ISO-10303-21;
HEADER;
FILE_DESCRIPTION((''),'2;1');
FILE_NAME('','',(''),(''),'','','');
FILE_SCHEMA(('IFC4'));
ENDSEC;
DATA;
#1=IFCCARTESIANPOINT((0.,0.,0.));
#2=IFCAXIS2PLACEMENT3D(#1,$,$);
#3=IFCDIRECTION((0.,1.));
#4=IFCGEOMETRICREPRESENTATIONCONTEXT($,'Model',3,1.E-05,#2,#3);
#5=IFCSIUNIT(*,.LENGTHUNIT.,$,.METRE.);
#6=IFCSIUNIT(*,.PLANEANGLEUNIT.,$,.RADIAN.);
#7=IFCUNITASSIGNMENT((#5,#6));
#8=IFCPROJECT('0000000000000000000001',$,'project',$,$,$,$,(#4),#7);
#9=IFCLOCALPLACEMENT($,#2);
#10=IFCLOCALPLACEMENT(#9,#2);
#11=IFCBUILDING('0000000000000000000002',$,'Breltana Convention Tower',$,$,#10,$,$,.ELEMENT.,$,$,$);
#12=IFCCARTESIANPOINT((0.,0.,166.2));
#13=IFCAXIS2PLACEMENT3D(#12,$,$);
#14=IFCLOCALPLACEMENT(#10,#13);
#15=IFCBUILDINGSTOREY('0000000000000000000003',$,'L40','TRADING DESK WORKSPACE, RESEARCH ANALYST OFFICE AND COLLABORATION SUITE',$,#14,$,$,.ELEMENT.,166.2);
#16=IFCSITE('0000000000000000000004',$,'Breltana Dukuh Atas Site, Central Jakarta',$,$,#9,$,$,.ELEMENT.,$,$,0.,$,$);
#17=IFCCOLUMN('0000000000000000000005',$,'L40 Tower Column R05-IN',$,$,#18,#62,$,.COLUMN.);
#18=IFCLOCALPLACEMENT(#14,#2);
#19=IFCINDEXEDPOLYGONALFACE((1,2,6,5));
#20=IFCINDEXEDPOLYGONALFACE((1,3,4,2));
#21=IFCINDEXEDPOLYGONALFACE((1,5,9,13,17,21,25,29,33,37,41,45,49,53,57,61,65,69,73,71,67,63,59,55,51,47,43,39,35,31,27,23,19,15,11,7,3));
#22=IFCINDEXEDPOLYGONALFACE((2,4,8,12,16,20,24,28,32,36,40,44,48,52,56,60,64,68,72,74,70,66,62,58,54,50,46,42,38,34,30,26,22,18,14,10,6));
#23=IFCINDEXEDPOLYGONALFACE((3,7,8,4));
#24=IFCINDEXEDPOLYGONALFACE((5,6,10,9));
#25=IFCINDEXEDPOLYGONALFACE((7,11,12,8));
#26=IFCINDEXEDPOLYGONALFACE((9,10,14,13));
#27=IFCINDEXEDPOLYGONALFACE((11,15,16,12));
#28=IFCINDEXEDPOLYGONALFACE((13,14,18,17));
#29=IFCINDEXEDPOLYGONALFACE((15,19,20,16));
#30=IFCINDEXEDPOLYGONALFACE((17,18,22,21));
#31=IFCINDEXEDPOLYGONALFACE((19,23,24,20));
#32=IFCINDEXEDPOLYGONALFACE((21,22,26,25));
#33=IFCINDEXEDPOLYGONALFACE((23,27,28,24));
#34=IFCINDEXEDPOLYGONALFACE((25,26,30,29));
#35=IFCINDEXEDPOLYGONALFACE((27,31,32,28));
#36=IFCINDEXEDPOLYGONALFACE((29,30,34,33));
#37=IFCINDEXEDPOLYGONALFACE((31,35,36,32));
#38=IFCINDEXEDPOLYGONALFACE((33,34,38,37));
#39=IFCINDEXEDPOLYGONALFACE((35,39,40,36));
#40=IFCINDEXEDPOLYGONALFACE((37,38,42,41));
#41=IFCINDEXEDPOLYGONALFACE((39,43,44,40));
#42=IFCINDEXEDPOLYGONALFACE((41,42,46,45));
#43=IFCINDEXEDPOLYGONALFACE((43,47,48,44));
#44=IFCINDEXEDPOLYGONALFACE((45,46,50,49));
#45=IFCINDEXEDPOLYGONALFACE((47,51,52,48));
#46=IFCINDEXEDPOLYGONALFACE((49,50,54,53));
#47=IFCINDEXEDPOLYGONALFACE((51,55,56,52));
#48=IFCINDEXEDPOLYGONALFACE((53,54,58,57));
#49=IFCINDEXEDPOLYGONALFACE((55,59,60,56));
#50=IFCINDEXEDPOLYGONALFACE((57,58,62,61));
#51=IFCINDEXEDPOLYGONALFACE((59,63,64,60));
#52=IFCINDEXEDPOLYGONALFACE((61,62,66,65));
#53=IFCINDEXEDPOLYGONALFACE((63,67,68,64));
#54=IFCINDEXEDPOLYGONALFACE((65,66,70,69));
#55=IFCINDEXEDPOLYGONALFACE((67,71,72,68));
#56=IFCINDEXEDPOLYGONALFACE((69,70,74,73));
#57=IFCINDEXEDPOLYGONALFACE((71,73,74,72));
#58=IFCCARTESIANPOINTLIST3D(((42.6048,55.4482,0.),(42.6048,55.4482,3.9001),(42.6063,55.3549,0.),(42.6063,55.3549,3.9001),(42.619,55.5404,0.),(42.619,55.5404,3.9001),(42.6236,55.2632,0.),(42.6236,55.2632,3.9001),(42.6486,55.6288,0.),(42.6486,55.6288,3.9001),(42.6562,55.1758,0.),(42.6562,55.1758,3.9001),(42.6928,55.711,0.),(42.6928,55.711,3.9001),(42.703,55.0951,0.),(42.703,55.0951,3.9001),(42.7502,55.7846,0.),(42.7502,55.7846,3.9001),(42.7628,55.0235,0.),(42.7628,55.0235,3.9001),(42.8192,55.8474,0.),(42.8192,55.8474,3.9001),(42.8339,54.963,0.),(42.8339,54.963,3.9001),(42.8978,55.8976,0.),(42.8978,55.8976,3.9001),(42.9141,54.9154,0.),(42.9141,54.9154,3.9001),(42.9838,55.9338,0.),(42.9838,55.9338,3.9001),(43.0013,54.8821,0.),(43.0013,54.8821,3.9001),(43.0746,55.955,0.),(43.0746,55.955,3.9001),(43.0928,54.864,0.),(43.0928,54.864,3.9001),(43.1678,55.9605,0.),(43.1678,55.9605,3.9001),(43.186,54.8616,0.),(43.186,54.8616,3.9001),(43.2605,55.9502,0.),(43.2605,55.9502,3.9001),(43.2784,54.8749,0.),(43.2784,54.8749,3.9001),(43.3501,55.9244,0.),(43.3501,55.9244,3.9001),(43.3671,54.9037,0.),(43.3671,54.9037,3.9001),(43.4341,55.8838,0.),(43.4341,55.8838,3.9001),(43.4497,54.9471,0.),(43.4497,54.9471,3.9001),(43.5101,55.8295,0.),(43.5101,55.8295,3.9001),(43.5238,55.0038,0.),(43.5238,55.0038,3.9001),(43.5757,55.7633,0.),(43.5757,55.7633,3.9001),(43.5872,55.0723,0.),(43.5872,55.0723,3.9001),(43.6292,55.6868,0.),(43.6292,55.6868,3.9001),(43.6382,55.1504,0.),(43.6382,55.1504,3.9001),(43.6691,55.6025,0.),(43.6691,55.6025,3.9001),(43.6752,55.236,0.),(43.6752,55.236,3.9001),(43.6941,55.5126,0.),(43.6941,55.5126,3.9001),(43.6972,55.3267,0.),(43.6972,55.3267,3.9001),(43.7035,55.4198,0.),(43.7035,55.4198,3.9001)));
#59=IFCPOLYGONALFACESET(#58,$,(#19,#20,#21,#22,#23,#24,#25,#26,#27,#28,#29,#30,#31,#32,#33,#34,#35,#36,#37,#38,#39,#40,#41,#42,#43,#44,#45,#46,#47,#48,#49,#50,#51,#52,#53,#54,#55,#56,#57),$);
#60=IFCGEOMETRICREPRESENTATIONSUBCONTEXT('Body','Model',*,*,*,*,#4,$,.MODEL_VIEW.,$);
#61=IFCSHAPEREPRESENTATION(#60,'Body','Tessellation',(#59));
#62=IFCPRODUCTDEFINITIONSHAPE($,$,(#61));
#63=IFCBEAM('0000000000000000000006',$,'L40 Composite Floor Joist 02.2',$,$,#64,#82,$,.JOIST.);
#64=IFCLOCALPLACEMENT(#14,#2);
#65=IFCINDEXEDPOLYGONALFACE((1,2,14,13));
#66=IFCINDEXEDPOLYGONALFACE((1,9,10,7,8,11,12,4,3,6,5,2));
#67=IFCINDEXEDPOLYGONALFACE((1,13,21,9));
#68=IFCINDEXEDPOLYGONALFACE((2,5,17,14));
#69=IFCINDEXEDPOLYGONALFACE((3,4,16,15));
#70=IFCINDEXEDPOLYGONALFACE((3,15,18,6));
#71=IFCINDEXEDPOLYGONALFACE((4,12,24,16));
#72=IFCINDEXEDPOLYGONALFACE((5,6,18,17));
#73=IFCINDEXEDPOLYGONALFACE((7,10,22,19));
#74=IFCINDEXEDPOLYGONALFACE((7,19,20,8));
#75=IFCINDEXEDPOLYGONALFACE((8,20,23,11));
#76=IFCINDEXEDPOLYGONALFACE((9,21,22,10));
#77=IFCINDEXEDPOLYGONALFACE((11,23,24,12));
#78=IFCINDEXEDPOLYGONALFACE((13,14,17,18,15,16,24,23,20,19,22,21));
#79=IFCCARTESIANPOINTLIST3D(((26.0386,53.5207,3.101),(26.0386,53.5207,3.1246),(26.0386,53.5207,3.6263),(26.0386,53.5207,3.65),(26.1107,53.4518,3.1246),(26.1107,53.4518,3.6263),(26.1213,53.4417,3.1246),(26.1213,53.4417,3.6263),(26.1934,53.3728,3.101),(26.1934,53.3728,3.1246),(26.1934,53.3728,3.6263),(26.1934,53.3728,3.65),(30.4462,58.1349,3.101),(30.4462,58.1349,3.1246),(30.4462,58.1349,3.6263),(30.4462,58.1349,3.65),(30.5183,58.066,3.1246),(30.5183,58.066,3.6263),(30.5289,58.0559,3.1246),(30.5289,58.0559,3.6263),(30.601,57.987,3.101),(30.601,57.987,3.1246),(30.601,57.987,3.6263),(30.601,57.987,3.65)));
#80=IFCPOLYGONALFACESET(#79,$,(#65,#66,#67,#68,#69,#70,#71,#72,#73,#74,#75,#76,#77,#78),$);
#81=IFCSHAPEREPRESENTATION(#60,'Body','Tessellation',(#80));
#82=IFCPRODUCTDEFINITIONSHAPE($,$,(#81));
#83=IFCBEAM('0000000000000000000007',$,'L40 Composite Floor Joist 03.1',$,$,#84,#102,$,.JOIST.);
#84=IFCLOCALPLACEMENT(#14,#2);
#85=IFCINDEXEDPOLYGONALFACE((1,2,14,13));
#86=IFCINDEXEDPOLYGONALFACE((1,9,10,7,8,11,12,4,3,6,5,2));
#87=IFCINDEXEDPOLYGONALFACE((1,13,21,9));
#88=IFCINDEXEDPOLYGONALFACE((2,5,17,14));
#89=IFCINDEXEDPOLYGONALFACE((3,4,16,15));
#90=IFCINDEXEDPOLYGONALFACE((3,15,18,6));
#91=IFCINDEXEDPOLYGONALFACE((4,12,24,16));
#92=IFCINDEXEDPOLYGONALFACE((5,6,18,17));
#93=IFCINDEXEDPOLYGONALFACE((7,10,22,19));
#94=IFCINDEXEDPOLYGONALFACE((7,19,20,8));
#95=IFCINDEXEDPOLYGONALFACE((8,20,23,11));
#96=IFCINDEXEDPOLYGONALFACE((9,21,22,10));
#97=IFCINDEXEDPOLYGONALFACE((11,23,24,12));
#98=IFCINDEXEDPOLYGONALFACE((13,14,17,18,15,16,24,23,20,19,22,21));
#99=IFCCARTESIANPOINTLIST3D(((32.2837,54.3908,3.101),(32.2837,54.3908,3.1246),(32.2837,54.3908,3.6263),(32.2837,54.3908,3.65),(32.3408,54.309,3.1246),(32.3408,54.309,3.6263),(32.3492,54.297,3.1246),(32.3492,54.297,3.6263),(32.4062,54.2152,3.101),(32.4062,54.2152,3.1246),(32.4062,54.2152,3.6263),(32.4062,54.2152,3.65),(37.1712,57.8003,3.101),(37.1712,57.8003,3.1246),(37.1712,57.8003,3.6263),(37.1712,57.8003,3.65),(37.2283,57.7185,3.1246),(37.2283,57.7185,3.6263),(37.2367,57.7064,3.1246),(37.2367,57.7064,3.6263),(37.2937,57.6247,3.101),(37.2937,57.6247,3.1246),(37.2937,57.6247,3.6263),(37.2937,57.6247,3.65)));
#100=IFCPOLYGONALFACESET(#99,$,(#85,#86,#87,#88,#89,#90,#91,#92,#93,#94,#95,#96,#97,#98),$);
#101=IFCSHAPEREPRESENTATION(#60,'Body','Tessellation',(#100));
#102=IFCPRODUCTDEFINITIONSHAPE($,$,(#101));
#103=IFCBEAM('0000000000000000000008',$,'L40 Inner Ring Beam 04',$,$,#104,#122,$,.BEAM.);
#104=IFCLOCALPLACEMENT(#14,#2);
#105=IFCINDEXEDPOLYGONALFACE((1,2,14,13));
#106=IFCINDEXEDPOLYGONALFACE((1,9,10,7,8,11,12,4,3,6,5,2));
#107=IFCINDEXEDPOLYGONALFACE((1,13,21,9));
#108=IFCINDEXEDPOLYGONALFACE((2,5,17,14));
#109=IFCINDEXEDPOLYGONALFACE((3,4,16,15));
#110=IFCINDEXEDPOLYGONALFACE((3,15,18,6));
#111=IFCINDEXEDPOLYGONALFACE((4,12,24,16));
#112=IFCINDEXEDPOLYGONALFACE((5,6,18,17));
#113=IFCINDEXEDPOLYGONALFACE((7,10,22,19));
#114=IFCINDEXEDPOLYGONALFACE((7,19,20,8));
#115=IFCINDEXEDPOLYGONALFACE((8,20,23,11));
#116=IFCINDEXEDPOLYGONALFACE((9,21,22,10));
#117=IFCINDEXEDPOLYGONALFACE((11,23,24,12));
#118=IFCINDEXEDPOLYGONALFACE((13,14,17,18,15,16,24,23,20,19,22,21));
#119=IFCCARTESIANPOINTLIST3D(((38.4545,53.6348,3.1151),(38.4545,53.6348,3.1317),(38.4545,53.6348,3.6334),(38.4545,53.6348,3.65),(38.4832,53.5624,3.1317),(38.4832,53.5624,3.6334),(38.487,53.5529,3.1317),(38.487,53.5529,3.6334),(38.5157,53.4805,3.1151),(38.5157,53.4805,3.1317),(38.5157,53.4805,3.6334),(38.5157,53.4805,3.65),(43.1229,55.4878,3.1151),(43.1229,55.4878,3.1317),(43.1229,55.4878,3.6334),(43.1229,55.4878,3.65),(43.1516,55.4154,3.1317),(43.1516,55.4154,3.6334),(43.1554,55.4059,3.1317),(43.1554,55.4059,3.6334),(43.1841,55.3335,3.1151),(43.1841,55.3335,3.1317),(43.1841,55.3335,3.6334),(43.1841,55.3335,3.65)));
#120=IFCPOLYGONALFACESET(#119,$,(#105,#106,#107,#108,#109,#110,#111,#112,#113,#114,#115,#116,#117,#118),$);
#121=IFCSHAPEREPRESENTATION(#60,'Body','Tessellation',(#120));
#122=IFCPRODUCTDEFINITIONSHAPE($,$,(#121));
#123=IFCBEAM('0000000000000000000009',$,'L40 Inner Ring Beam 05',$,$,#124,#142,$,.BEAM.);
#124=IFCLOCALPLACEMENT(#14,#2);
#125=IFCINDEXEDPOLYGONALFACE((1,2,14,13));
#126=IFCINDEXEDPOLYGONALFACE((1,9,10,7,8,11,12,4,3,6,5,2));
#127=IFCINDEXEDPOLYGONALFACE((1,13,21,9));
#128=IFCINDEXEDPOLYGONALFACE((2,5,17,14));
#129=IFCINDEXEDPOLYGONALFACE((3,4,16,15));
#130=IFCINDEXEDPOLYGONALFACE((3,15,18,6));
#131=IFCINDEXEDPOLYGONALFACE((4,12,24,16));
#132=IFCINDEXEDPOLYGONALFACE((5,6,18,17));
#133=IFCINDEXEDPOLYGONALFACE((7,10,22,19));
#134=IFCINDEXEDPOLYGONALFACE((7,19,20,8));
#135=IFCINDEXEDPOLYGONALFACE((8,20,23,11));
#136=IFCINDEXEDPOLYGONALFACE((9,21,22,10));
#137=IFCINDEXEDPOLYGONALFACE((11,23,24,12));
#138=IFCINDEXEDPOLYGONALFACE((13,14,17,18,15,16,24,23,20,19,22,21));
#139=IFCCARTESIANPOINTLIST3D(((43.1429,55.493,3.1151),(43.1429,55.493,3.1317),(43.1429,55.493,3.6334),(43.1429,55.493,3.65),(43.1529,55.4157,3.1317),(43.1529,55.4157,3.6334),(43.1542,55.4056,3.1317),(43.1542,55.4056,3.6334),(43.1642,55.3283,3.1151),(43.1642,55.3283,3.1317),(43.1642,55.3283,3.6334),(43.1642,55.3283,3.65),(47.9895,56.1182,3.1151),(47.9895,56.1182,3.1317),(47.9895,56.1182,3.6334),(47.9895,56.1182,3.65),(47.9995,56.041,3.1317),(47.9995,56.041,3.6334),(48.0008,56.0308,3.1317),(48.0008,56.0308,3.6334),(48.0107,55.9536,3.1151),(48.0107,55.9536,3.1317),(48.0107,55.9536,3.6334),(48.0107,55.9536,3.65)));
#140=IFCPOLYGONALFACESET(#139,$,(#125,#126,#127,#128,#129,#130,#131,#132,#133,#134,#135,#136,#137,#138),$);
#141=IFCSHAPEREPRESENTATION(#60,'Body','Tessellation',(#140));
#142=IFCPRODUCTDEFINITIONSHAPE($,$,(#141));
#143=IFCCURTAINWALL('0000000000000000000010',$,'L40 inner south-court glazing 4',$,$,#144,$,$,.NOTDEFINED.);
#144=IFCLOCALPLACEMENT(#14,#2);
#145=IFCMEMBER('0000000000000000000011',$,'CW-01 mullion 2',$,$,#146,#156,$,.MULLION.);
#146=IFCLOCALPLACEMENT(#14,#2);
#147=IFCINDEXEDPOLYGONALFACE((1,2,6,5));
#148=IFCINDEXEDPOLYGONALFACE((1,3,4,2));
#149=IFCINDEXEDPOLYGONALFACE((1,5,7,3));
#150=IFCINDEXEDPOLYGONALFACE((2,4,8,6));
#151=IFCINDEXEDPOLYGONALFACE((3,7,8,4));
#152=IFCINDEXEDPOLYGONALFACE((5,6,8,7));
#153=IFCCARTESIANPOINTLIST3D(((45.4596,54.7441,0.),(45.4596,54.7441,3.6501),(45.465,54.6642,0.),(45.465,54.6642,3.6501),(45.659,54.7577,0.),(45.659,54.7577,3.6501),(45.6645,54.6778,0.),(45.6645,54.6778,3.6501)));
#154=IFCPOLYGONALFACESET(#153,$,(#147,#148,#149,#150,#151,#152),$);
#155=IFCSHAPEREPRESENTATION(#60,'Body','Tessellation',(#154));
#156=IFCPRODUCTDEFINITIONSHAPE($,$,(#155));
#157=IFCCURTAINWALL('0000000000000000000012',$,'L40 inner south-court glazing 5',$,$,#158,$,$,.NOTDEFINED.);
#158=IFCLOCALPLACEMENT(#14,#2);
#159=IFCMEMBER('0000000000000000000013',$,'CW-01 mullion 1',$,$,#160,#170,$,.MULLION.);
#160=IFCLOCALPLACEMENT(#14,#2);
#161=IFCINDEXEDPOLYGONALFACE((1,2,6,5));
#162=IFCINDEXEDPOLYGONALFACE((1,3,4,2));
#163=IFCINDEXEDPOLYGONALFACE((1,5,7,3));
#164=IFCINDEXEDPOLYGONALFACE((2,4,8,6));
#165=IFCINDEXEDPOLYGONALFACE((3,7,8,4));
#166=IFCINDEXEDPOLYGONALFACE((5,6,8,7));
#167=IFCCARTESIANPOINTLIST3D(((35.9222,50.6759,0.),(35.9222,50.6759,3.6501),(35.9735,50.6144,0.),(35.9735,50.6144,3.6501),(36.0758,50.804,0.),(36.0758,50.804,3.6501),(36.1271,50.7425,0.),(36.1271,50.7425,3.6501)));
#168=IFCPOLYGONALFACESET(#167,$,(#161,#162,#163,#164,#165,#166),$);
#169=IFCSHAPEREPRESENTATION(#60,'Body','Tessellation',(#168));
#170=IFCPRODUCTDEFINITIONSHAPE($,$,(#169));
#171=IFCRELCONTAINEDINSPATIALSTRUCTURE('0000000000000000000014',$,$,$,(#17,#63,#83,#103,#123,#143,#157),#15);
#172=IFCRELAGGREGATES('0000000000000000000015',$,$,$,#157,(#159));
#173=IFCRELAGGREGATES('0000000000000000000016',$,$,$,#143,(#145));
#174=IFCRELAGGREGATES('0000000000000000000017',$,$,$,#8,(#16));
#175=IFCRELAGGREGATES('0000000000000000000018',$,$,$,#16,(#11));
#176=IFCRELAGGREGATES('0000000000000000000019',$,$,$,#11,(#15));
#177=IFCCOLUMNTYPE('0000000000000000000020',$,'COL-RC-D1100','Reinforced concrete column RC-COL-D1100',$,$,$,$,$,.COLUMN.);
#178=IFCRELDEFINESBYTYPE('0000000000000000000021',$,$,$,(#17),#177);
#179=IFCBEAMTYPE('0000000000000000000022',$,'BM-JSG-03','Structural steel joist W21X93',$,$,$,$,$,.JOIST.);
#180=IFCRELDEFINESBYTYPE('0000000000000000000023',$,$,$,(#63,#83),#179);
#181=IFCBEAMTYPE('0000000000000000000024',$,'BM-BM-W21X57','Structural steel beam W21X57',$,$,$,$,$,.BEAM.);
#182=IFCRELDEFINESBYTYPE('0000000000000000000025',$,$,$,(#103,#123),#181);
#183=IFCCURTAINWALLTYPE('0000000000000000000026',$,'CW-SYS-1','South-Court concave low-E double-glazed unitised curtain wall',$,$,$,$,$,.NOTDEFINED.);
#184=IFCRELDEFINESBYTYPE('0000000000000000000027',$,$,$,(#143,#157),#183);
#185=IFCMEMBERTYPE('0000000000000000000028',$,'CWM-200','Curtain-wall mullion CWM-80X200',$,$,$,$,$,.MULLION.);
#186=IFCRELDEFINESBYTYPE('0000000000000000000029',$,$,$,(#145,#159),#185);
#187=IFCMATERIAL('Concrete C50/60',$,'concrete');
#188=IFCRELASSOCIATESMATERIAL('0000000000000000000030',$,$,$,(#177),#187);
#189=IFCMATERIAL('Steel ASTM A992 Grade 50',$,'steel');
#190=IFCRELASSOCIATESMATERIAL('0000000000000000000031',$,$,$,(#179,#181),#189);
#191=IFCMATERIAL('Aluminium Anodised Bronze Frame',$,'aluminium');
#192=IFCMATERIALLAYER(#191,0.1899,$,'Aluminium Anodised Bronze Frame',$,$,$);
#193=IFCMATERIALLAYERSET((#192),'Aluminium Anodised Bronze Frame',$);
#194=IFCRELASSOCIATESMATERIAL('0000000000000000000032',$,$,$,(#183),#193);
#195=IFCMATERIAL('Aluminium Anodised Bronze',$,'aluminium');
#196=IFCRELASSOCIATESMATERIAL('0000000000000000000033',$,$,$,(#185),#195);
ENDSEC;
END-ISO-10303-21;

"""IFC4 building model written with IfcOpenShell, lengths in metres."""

from ifc_helpers import new_model, si_unit, direction, frame, origin, origin_2d, place, context, subcontext, project, spatial, rectangle, circle, i_section, extrude, source, transform, mapped, material, layer, layer_set, material_profile, profile_set, type_object, element, aggregate, save


model = new_model("IFC4")

# Units and contexts
model_context = context("Model", 3, precision=1e-05, world=origin(), true_north=direction((0.0, 1.0)))
body_context = subcontext(model_context, "Body", "Model", "MODEL_VIEW")
ifc_project = project(units=[si_unit("LENGTHUNIT", "METRE"), si_unit("PLANEANGLEUNIT", "RADIAN")], contexts=[model_context])

# Site, building, storey
site_placement = place(None, origin())
site = spatial("IfcSite", under=ifc_project, at=site_placement, Name="Breltana Dukuh Atas Site, Central Jakarta", CompositionType="ELEMENT", RefElevation=0.0)
building_placement = place(site_placement, origin())
building = spatial("IfcBuilding", under=site, at=building_placement, Name="Breltana Convention Tower", CompositionType="ELEMENT")
storey_placement = place(building_placement, frame((0.0, 0.0, 166.2)))
storey = spatial("IfcBuildingStorey", under=building, at=storey_placement, Name="L40", Description="TRADING DESK WORKSPACE, RESEARCH ANALYST OFFICE AND COLLABORATION SUITE", CompositionType="ELEMENT", Elevation=166.2)

# Column
ifc_material_1 = material(Name="Concrete C50/60", Category="concrete")
ifc_material_profile_1 = material_profile(ifc_material_1, circle(Radius=0.55, at=origin_2d()), Name="RC-COL-D1100")
ifc_profile_set_1 = profile_set([ifc_material_profile_1], Name="Concrete C50/60")
column_type = type_object("IfcColumnType", Name="COL-RC-D1100", Description="Reinforced concrete column RC-COL-D1100", PredefinedType="COLUMN", material=ifc_profile_set_1)
shared_shape_1 = source(origin(), body_context, "Body", "SweptSolid", [
    extrude(circle(Radius=0.55, at=origin_2d()), origin(), (0.0, 0.0, 1.0), 3.9001),
])
for number, where, z_axis, x_axis, name in (
    (1, (43.1536, 55.4106, 0.0), (0.0, 0.0, 1.0), (-0.143493, 0.989651, 0.0), "L40 Tower Column R05-IN"),
):
    element("IfcColumn", number, at=place(storey_placement, frame(where, z_axis=z_axis, x_axis=x_axis)), inside=storey, type_object=column_type, Name=name, PredefinedType="COLUMN", context=body_context, shape_type="MappedRepresentation", body=[
        mapped(shared_shape_1, transform((0.0, 0.0, 0.0), scale=1.0)),
    ])

# Beams
ifc_material_2 = material(Name="Steel ASTM A992 Grade 50", Category="steel")
ifc_material_profile_2 = material_profile(ifc_material_2, i_section(OverallWidth=0.2141, OverallDepth=0.5491, WebThickness=0.0146, FlangeThickness=0.0237, at=origin_2d()), Name="W21X93")
ifc_profile_set_2 = profile_set([ifc_material_profile_2], Name="Steel ASTM A992 Grade 50")
beam_type_1 = type_object("IfcBeamType", Name="BM-JSG-03", Description="Structural steel joist W21X93", PredefinedType="JOIST", material=ifc_profile_set_2)
shared_shape_2 = source(origin(), body_context, "Body", "SweptSolid", [
    extrude(i_section(OverallWidth=0.2141, OverallDepth=0.5491, WebThickness=0.0146, FlangeThickness=0.0237, at=origin_2d()), origin(), (0.0, 0.0, 1.0), 6.3811),
])
beam_1_placement = place(storey_placement, frame((26.116, 53.4468, 3.3755), z_axis=(0.690738, 0.723105, 0.0), x_axis=(-0.723105, 0.690738, 0.0)))
element("IfcBeam", 2, at=beam_1_placement, inside=storey, type_object=beam_type_1, Name="L40 Composite Floor Joist 02.2", PredefinedType="JOIST", context=body_context, shape_type="MappedRepresentation", body=[
    mapped(shared_shape_2, transform((0.0, 0.0, 0.0), scale=1.0)),
])
shared_shape_3 = source(origin(), body_context, "Body", "SweptSolid", [
    extrude(i_section(OverallWidth=0.2141, OverallDepth=0.5491, WebThickness=0.0146, FlangeThickness=0.0237, at=origin_2d()), origin(), (0.0, 0.0, 1.0), 5.9592),
])
beam_2_placement = place(storey_placement, frame((32.345, 54.303, 3.3755), z_axis=(0.82016, 0.572134, 0.0), x_axis=(-0.572134, 0.82016, 0.0)))
element("IfcBeam", 3, at=beam_2_placement, inside=storey, type_object=beam_type_1, Name="L40 Composite Floor Joist 03.1", PredefinedType="JOIST", context=body_context, shape_type="MappedRepresentation", body=[
    mapped(shared_shape_3, transform((0.0, 0.0, 0.0), scale=1.0)),
])
ifc_material_profile_3 = material_profile(ifc_material_2, i_section(OverallWidth=0.166, OverallDepth=0.5349, WebThickness=0.0103, FlangeThickness=0.0166, at=origin_2d()), Name="W21X57")
ifc_profile_set_3 = profile_set([ifc_material_profile_3], Name="Steel ASTM A992 Grade 50")
beam_type_2 = type_object("IfcBeamType", Name="BM-BM-W21X57", Description="Structural steel beam W21X57", PredefinedType="BEAM", material=ifc_profile_set_3)
shared_shape_4 = source(origin(), body_context, "Body", "SweptSolid", [
    extrude(i_section(OverallWidth=0.166, OverallDepth=0.5349, WebThickness=0.0103, FlangeThickness=0.0166, at=origin_2d()), origin(), (0.0, 0.0, 1.0), 5.0227),
])
beam_3_placement = place(storey_placement, frame((38.4851, 53.5576, 3.3826), z_axis=(0.929459, 0.368926, 0.0), x_axis=(-0.368926, 0.929459, 0.0)))
element("IfcBeam", 4, at=beam_3_placement, inside=storey, type_object=beam_type_2, Name="L40 Inner Ring Beam 04", PredefinedType="BEAM", context=body_context, shape_type="MappedRepresentation", body=[
    mapped(shared_shape_4, transform((0.0, 0.0, 0.0), scale=1.0)),
])
shared_shape_5 = source(origin(), body_context, "Body", "SweptSolid", [
    extrude(i_section(OverallWidth=0.166, OverallDepth=0.5349, WebThickness=0.0103, FlangeThickness=0.0166, at=origin_2d()), origin(), (0.0, 0.0, 1.0), 4.8867),
])
beam_4_placement = place(storey_placement, frame((43.1536, 55.4106, 3.3826), z_axis=(0.991781, 0.127951, 0.0), x_axis=(-0.127951, 0.991781, 0.0)))
element("IfcBeam", 5, at=beam_4_placement, inside=storey, type_object=beam_type_2, Name="L40 Inner Ring Beam 05", PredefinedType="BEAM", context=body_context, shape_type="MappedRepresentation", body=[
    mapped(shared_shape_5, transform((0.0, 0.0, 0.0), scale=1.0)),
])

# Curtain walls, members
ifc_material_3 = material(Name="Aluminium Anodised Bronze Frame", Category="aluminium")
ifc_layer_1 = layer(ifc_material_3, 0.1899, Name="Aluminium Anodised Bronze Frame")
ifc_layer_set_1 = layer_set([ifc_layer_1], Name="Aluminium Anodised Bronze Frame")
curtain_wall_type = type_object("IfcCurtainWallType", Name="CW-SYS-1", Description="South-Court concave low-E double-glazed unitised curtain wall", PredefinedType="NOTDEFINED", material=ifc_layer_set_1)
curtain_wall_1_placement = place(storey_placement, origin())
curtain_wall_1 = element("IfcCurtainWall", 6, at=curtain_wall_1_placement, inside=storey, type_object=curtain_wall_type, Name="L40 inner south-court glazing 4", PredefinedType="NOTDEFINED")
ifc_material_4 = material(Name="Aluminium Anodised Bronze", Category="aluminium")
ifc_material_profile_4 = material_profile(ifc_material_4, rectangle(XDim=0.0801, YDim=0.2, at=origin_2d()), Name="CWM-80X200")
ifc_profile_set_4 = profile_set([ifc_material_profile_4], Name="Aluminium Anodised Bronze")
member_type = type_object("IfcMemberType", Name="CWM-200", Description="Curtain-wall mullion CWM-80X200", PredefinedType="MULLION", material=ifc_profile_set_4)
shared_shape_6 = source(origin(), body_context, "Body", "SweptSolid", [
    extrude(rectangle(XDim=0.0801, YDim=0.2, at=origin_2d()), origin(), (0.0, 0.0, 1.0), 3.6501),
])
member_1_placement = place(storey_placement, frame((45.562, 54.7109, 0.0), z_axis=(0.0, 0.0, 1.0), x_axis=(0.067733, -0.997703, 0.0)))
member_1 = element("IfcMember", 7, at=member_1_placement, type_object=member_type, Name="CW-01 mullion 2", PredefinedType="MULLION", context=body_context, shape_type="MappedRepresentation", body=[
    mapped(shared_shape_6, transform((0.0, 0.0, 0.0), scale=1.0)),
])
curtain_wall_2_placement = place(storey_placement, origin())
curtain_wall_2 = element("IfcCurtainWall", 8, at=curtain_wall_2_placement, inside=storey, type_object=curtain_wall_type, Name="L40 inner south-court glazing 5", PredefinedType="NOTDEFINED")
member_2_placement = place(storey_placement, frame((36.0247, 50.7092, 0.0), z_axis=(0.0, 0.0, 1.0), x_axis=(0.640537, -0.767927, 0.0)))
member_2 = element("IfcMember", 9, at=member_2_placement, type_object=member_type, Name="CW-01 mullion 1", PredefinedType="MULLION", context=body_context, shape_type="MappedRepresentation", body=[
    mapped(shared_shape_6, transform((0.0, 0.0, 0.0), scale=1.0)),
])
aggregate(curtain_wall_2, [member_2])

aggregate(curtain_wall_1, [member_1])

save(model, "model.ifc")
